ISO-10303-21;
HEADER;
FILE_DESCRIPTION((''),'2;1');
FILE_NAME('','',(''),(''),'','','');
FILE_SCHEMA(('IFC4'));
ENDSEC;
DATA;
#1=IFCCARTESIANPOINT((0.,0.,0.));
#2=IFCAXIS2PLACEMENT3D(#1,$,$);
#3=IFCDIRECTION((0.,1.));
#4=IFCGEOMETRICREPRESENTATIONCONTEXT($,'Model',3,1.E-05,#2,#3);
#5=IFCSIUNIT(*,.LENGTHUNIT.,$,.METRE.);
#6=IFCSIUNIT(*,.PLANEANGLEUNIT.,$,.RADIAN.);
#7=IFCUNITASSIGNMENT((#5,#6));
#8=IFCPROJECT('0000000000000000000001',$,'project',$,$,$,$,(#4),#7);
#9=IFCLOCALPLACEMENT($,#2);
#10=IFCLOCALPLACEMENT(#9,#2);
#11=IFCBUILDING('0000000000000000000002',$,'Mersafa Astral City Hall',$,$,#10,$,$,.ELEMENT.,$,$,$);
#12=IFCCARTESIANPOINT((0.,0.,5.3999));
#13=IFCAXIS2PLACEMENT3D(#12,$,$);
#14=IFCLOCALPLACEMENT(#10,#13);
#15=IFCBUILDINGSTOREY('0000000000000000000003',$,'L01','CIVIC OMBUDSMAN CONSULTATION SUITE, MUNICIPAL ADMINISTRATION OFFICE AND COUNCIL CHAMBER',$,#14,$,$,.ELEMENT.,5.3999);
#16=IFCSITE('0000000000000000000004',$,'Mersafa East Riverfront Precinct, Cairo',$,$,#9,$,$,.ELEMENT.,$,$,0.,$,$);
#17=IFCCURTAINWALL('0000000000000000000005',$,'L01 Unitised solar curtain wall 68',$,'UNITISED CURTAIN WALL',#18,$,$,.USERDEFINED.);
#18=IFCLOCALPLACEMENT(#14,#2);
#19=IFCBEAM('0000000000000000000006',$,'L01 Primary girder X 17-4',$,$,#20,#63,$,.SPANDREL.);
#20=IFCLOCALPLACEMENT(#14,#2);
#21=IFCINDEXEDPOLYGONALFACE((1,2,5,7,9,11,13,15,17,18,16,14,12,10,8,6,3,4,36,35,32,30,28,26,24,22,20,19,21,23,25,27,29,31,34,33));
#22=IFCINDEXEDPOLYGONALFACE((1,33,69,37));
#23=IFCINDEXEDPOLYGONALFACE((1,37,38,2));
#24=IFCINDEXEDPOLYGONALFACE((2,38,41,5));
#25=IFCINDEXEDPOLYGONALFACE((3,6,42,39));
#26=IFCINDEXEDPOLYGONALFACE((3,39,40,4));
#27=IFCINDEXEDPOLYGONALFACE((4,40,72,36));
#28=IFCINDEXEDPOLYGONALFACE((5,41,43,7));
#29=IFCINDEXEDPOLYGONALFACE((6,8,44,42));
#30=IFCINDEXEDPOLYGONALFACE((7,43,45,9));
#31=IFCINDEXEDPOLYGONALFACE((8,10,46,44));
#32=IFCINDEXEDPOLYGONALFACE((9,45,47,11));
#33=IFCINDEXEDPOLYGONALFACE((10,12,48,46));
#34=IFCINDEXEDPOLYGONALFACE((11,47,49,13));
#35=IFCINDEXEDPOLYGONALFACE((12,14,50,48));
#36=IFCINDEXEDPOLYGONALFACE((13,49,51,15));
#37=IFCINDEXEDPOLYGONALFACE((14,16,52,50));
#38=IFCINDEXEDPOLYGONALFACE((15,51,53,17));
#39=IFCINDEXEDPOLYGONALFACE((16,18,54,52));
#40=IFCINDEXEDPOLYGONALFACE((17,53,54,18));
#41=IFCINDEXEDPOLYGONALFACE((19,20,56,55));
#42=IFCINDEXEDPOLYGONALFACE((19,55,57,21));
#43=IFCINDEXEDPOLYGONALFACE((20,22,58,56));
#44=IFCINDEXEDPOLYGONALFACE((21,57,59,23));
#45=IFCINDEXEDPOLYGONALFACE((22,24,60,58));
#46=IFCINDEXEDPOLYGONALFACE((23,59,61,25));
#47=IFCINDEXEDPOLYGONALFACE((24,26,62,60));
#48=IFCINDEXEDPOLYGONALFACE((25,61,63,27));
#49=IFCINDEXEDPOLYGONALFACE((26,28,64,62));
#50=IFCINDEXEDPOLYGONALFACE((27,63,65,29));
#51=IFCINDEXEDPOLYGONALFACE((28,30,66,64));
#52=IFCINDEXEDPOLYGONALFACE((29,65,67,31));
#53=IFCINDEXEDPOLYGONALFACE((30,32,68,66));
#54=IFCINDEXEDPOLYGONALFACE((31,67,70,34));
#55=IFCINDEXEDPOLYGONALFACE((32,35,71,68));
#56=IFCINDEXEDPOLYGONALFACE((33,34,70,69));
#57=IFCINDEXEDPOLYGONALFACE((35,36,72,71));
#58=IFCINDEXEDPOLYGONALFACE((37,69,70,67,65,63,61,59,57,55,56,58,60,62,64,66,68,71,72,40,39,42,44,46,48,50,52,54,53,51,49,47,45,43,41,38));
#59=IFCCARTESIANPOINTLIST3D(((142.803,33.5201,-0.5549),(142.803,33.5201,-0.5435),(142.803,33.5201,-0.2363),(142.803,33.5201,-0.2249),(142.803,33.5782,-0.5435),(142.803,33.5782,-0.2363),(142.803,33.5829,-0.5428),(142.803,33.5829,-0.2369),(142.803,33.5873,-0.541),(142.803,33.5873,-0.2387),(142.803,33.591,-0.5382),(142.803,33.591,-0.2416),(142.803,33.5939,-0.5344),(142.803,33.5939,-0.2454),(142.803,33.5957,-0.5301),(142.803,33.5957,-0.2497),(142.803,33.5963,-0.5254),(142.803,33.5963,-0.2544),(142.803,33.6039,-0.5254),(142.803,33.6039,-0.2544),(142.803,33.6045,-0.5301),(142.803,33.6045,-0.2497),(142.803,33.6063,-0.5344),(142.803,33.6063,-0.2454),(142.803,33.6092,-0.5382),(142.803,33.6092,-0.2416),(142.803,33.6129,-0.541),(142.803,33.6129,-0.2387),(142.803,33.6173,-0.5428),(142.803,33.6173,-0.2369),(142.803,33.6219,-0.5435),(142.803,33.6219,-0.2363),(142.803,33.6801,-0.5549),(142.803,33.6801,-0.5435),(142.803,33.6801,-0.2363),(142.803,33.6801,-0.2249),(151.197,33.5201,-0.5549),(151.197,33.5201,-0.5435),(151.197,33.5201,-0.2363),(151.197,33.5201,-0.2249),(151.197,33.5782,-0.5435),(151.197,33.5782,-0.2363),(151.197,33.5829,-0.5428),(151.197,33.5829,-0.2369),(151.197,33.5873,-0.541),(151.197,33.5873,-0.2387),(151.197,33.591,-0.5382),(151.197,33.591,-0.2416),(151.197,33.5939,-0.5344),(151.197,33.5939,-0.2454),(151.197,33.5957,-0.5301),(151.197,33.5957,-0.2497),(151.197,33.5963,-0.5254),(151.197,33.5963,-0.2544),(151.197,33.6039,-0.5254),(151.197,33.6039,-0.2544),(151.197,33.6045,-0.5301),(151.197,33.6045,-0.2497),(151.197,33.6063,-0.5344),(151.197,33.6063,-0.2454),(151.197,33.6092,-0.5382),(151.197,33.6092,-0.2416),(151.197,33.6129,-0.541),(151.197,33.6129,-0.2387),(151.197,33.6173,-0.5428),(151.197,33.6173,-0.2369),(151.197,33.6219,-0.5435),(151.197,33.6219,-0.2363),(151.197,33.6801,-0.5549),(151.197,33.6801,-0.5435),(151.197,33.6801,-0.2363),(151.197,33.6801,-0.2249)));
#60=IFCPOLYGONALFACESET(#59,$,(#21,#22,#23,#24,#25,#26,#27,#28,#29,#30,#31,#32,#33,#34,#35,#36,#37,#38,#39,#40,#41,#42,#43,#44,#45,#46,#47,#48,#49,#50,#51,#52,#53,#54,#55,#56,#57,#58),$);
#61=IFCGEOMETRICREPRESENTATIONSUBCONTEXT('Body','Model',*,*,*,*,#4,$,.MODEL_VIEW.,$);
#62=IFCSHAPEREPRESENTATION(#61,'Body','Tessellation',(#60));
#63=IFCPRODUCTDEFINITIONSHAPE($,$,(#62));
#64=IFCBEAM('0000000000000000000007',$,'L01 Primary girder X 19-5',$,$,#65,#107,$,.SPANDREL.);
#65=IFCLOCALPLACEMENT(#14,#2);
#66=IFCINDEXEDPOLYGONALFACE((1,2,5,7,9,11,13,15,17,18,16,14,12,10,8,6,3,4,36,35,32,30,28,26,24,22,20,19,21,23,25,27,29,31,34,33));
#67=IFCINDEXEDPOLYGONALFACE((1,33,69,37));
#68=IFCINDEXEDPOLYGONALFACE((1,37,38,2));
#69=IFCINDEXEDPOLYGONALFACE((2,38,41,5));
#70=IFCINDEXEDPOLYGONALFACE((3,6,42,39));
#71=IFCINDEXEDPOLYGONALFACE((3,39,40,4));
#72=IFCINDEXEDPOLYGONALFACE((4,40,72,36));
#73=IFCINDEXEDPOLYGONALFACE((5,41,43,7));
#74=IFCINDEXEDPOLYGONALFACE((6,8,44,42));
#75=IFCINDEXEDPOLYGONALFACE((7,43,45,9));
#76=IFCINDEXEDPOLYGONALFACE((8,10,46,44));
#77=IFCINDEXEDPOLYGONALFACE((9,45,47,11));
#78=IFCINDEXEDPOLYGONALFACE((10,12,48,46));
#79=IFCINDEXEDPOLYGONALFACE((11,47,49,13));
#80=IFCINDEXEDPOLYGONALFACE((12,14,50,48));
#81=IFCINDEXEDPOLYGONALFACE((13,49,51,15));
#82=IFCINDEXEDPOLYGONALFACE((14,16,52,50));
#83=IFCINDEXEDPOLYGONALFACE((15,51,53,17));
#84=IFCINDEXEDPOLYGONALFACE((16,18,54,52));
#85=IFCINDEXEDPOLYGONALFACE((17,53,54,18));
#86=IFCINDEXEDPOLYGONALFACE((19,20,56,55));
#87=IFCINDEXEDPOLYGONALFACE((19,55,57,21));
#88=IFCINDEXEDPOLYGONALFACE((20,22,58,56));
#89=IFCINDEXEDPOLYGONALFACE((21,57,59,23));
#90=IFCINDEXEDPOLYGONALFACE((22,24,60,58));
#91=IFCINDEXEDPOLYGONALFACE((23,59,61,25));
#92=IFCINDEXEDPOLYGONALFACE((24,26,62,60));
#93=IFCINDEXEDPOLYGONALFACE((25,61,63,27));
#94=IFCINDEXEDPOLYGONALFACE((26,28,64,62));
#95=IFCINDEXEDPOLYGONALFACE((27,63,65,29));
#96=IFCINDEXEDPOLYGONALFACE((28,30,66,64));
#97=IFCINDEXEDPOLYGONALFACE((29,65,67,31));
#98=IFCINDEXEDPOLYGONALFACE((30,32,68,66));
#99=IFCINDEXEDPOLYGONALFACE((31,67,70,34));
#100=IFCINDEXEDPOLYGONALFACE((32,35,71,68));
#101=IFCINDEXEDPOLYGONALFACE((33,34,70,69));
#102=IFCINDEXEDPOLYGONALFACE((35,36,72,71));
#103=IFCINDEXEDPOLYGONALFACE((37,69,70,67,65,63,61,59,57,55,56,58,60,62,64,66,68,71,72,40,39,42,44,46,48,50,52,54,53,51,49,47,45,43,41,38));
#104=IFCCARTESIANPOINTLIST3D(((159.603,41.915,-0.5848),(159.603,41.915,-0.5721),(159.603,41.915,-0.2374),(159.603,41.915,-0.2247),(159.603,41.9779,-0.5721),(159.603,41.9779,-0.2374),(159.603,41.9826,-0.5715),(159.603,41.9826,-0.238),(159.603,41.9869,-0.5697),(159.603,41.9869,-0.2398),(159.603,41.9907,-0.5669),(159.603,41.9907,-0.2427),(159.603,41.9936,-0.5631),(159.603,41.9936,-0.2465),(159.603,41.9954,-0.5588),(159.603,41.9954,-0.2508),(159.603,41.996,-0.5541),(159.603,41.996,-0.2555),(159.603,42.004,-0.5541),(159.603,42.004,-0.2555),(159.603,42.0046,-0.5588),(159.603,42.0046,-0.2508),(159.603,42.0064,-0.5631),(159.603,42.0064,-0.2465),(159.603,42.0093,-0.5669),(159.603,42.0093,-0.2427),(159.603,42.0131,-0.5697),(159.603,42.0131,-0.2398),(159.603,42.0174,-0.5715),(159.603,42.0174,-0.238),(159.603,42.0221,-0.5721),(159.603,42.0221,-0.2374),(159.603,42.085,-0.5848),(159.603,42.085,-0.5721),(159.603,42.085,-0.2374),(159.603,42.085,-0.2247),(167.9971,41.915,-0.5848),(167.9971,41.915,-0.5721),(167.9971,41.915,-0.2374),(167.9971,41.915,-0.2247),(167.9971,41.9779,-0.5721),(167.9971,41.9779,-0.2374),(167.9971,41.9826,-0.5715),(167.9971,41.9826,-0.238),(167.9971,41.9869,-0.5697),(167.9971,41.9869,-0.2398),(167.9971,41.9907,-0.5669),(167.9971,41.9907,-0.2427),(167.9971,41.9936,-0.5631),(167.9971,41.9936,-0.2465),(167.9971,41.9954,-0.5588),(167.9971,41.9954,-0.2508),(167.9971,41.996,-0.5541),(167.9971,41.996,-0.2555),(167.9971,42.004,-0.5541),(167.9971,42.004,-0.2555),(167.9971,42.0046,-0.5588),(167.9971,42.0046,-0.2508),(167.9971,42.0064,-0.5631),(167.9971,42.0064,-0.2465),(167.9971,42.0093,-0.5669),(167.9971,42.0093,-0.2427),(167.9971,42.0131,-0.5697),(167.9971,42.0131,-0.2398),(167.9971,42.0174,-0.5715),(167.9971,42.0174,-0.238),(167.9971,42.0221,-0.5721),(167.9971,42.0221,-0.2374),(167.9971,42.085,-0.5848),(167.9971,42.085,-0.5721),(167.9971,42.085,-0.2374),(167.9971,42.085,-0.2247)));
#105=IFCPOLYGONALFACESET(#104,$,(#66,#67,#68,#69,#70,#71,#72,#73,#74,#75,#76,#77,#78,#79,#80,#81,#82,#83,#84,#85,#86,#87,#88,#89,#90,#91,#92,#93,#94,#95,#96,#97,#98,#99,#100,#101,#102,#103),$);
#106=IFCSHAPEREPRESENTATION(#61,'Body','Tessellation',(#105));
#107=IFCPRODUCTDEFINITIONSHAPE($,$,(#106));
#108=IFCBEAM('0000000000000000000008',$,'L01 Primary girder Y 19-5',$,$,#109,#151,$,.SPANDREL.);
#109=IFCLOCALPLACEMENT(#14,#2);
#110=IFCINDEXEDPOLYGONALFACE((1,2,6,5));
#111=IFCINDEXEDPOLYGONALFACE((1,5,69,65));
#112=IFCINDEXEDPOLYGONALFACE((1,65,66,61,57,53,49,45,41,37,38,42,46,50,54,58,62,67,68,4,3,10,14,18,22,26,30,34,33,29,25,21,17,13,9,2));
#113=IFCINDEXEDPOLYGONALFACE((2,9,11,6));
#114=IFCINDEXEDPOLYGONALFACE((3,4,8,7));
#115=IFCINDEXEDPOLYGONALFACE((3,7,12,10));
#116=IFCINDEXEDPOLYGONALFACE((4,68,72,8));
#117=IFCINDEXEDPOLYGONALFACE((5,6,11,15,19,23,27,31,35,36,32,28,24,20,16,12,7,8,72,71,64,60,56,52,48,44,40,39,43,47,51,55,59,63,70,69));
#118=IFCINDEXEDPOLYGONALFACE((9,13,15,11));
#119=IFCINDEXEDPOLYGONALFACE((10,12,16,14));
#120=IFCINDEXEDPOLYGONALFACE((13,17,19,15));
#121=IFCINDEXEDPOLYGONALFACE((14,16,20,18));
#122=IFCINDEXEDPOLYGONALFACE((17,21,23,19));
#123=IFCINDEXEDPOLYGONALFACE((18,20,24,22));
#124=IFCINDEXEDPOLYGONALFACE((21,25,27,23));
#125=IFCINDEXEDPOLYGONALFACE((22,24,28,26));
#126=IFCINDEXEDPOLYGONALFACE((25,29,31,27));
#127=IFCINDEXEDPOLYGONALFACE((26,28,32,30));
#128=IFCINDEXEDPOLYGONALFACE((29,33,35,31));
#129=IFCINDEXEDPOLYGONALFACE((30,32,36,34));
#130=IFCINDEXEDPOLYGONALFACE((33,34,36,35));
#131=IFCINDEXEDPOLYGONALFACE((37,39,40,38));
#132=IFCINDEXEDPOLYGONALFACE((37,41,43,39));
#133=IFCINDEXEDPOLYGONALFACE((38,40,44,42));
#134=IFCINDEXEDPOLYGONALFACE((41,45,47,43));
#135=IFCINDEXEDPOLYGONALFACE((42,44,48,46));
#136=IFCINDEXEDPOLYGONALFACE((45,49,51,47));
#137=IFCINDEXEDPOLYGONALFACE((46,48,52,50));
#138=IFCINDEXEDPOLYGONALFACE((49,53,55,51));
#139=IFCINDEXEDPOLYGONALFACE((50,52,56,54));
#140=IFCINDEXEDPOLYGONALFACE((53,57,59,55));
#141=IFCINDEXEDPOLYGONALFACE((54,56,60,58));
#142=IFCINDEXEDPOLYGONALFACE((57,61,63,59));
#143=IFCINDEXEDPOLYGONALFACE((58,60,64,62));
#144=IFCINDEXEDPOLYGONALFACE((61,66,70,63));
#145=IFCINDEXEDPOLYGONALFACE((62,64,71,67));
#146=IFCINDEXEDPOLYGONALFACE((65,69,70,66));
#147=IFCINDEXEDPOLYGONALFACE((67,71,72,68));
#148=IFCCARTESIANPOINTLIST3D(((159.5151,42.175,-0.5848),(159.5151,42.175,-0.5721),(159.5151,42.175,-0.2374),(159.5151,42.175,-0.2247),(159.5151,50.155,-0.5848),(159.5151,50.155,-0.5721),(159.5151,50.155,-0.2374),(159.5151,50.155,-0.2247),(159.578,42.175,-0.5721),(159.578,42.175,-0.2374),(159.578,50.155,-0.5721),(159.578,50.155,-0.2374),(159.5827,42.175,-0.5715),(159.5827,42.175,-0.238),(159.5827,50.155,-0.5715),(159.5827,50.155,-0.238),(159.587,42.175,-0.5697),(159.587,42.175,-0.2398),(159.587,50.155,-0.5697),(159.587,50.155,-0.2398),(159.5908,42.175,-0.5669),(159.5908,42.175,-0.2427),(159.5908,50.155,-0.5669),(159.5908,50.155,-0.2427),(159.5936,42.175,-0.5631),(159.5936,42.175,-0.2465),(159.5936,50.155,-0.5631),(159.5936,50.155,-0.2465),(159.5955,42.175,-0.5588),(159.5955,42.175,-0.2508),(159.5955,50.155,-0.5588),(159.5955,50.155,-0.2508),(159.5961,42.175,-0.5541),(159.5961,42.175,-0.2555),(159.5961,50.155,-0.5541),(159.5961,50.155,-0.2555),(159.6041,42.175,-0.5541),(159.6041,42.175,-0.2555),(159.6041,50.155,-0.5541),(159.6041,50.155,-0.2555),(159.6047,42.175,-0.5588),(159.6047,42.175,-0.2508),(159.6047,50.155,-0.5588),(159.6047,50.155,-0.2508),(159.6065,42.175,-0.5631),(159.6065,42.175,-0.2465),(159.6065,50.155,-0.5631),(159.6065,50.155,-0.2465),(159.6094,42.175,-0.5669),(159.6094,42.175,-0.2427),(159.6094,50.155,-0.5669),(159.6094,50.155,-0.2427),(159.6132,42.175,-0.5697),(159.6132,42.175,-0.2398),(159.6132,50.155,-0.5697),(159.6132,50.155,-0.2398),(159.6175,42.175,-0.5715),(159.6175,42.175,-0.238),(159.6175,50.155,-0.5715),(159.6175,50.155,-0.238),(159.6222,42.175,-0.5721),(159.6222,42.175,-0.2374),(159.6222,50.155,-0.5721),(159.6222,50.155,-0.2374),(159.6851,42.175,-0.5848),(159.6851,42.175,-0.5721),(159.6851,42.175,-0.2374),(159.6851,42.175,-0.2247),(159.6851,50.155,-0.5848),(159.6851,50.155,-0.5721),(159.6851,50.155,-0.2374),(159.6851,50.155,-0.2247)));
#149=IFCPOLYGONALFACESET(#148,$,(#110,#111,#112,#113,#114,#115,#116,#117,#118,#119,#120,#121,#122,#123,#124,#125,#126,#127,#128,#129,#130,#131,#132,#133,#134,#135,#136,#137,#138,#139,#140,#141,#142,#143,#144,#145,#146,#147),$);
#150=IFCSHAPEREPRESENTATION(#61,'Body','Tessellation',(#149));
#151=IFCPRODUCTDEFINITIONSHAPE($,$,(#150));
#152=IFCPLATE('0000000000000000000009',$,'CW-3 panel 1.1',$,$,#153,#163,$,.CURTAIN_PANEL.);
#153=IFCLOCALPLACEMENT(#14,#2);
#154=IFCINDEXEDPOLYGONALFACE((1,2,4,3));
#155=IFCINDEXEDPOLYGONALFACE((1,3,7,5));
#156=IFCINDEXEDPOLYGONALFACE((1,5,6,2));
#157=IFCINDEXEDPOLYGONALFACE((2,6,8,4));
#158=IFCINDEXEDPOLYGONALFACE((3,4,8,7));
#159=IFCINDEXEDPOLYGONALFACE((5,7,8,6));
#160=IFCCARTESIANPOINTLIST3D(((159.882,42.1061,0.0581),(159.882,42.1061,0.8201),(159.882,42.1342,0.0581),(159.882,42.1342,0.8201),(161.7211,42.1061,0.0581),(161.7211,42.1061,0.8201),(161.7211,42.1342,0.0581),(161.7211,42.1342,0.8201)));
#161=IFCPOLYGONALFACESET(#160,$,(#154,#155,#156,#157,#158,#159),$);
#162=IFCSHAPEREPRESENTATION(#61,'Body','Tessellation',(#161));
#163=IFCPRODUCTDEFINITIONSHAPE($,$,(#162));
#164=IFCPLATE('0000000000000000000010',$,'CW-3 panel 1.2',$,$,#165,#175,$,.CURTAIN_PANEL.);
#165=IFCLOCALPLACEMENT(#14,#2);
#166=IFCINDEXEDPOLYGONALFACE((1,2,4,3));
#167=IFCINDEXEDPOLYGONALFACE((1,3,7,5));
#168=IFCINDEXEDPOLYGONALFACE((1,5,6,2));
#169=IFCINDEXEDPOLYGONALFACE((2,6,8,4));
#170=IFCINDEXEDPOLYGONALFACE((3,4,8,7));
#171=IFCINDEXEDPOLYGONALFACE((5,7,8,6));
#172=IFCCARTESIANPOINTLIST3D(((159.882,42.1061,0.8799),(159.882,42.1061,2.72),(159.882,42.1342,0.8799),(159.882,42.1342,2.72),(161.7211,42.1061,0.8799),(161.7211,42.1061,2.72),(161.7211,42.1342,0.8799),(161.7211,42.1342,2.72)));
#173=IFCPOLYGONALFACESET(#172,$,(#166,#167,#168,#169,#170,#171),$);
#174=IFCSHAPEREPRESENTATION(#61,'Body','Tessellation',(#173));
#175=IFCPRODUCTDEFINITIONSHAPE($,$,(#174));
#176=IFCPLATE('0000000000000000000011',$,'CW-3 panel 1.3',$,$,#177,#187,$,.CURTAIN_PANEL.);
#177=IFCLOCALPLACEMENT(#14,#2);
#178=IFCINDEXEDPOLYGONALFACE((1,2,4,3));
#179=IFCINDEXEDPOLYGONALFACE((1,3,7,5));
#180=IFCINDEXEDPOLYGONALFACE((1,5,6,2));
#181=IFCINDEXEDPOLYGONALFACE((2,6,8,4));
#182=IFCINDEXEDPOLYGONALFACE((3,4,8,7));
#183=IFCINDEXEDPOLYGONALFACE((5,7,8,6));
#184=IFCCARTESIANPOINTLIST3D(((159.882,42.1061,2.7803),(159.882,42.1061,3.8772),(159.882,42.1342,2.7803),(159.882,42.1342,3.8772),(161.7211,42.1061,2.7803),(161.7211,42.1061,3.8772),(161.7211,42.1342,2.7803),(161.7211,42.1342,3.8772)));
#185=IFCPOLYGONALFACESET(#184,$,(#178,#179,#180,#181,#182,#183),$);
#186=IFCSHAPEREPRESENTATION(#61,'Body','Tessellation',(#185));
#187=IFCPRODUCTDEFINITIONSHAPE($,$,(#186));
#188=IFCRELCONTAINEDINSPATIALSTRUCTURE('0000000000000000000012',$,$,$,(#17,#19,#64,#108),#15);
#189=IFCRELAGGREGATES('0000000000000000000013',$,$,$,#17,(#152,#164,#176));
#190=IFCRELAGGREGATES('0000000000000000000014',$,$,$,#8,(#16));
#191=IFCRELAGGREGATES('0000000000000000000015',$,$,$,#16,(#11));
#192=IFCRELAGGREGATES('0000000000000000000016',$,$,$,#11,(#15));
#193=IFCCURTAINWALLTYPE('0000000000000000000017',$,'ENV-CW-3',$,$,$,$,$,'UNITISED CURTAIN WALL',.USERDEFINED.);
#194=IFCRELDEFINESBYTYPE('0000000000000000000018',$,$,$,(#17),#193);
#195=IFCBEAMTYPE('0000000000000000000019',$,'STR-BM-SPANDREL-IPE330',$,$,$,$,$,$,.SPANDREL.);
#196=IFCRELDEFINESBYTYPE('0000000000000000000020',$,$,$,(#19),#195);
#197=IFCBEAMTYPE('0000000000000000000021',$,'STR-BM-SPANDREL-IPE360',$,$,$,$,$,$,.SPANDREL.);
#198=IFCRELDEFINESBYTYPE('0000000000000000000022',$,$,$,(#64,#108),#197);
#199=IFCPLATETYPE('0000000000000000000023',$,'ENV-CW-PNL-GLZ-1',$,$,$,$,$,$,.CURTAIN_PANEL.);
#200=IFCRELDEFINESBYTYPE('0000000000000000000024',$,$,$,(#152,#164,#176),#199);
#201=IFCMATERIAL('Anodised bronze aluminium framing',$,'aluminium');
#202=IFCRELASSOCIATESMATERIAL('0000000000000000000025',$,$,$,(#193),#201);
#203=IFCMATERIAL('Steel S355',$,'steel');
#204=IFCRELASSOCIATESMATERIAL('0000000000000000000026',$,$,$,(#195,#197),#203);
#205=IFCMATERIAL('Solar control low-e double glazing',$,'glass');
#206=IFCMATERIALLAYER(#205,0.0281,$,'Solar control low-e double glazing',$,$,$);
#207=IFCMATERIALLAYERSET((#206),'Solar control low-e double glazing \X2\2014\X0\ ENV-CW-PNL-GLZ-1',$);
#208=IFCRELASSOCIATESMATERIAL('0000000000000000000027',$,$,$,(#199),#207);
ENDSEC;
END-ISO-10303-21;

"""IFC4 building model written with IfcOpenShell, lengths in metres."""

from ifc_helpers import new_model, si_unit, direction, frame, origin, origin_2d, place, context, subcontext, project, spatial, rectangle, i_section, extrude, material, layer, layer_set, material_profile, profile_set, type_object, element, aggregate, save


model = new_model("IFC4")

# Units and contexts
model_context = context("Model", 3, precision=1e-05, world=origin(), true_north=direction((0.0, 1.0)))
body_context = subcontext(model_context, "Body", "Model", "MODEL_VIEW")
ifc_project = project(units=[si_unit("LENGTHUNIT", "METRE"), si_unit("PLANEANGLEUNIT", "RADIAN")], contexts=[model_context])

# Site, building, storey
site_placement = place(None, origin())
site = spatial("IfcSite", under=ifc_project, at=site_placement, Name="Mersafa East Riverfront Precinct, Cairo", CompositionType="ELEMENT", RefElevation=0.0)
building_placement = place(site_placement, origin())
building = spatial("IfcBuilding", under=site, at=building_placement, Name="Mersafa Astral City Hall", CompositionType="ELEMENT")
storey_placement = place(building_placement, frame((0.0, 0.0, 5.3999)))
storey = spatial("IfcBuildingStorey", under=building, at=storey_placement, Name="L01", Description="CIVIC OMBUDSMAN CONSULTATION SUITE, MUNICIPAL ADMINISTRATION OFFICE AND COUNCIL CHAMBER", CompositionType="ELEMENT", Elevation=5.3999)

# Shared definitions
ifc_material_1 = material(Name="Steel S355", Category="steel")

# Curtain wall
ifc_material_2 = material(Name="Anodised bronze aluminium framing", Category="aluminium")
curtain_wall_type = type_object("IfcCurtainWallType", Name="ENV-CW-3", ElementType="UNITISED CURTAIN WALL", PredefinedType="USERDEFINED", material=ifc_material_2)
curtain_wall_placement = place(storey_placement, origin())
curtain_wall = element("IfcCurtainWall", 1, at=curtain_wall_placement, inside=storey, type_object=curtain_wall_type, Name="L01 Unitised solar curtain wall 68", ObjectType="UNITISED CURTAIN WALL", PredefinedType="USERDEFINED")

# Beams
ifc_material_profile_1 = material_profile(ifc_material_1, i_section(OverallWidth=0.1599, OverallDepth=0.3301, WebThickness=0.0076, FlangeThickness=0.0115, FilletRadius=0.0181, at=origin_2d()), Name="IPE 330")
ifc_profile_set_1 = profile_set([ifc_material_profile_1], Name="Steel S355")
beam_type_1 = type_object("IfcBeamType", Name="STR-BM-SPANDREL-IPE330", PredefinedType="SPANDREL", material=ifc_profile_set_1)
beam_1_placement = place(storey_placement, frame((142.803, 33.6001, -0.3899), z_axis=(1.0, 0.0, 0.0), x_axis=(0.0, 1.0, 0.0)))
element("IfcBeam", 2, at=beam_1_placement, inside=storey, type_object=beam_type_1, Name="L01 Primary girder X 17-4", PredefinedType="SPANDREL", context=body_context, shape_type="SweptSolid", body=[
    extrude(i_section(OverallWidth=0.1599, OverallDepth=0.3301, WebThickness=0.0076, FlangeThickness=0.0115, FilletRadius=0.0181, at=origin_2d()), origin(), (0.0, 0.0, 1.0), 8.394),
])
ifc_material_profile_2 = material_profile(ifc_material_1, i_section(OverallWidth=0.1699, OverallDepth=0.3601, WebThickness=0.0081, FlangeThickness=0.0127, FilletRadius=0.0181, at=origin_2d()), Name="IPE 360")
ifc_profile_set_2 = profile_set([ifc_material_profile_2], Name="Steel S355")
beam_type_2 = type_object("IfcBeamType", Name="STR-BM-SPANDREL-IPE360", PredefinedType="SPANDREL", material=ifc_profile_set_2)
beam_2_placement = place(storey_placement, frame((159.603, 42.0, -0.4048), z_axis=(1.0, 0.0, 0.0), x_axis=(0.0, 1.0, 0.0)))
element("IfcBeam", 3, at=beam_2_placement, inside=storey, type_object=beam_type_2, Name="L01 Primary girder X 19-5", PredefinedType="SPANDREL", context=body_context, shape_type="SweptSolid", body=[
    extrude(i_section(OverallWidth=0.1699, OverallDepth=0.3601, WebThickness=0.0081, FlangeThickness=0.0127, FilletRadius=0.0181, at=origin_2d()), origin(), (0.0, 0.0, 1.0), 8.394),
])
beam_3_placement = place(storey_placement, frame((159.6001, 42.175, -0.4048), z_axis=(0.0, 1.0, 0.0), x_axis=(-1.0, 0.0, 0.0)))
element("IfcBeam", 4, at=beam_3_placement, inside=storey, type_object=beam_type_2, Name="L01 Primary girder Y 19-5", PredefinedType="SPANDREL", context=body_context, shape_type="SweptSolid", body=[
    extrude(i_section(OverallWidth=0.1699, OverallDepth=0.3601, WebThickness=0.0081, FlangeThickness=0.0127, FilletRadius=0.0181, at=origin_2d()), origin(), (0.0, 0.0, 1.0), 7.98),
])

# Plates
ifc_material_3 = material(Name="Solar control low-e double glazing", Category="glass")
ifc_layer = layer(ifc_material_3, 0.0281, Name="Solar control low-e double glazing")
ifc_layer_set = layer_set([ifc_layer], Name="Solar control low-e double glazing — ENV-CW-PNL-GLZ-1")
plate_type = type_object("IfcPlateType", Name="ENV-CW-PNL-GLZ-1", PredefinedType="CURTAIN_PANEL", material=ifc_layer_set)
plate_1_placement = place(storey_placement, frame((160.8015, 42.1201, 0.0581), z_axis=(0.0, 0.0, 1.0), x_axis=(1.0, 0.0, 0.0)))
plate_1 = element("IfcPlate", 5, at=plate_1_placement, type_object=plate_type, Name="CW-3 panel 1.1", PredefinedType="CURTAIN_PANEL", context=body_context, shape_type="SweptSolid", body=[
    extrude(rectangle(XDim=1.8391, YDim=0.0281, at=origin_2d()), origin(), (0.0, 0.0, 1.0), 0.762),
])
plate_2_placement = place(storey_placement, frame((160.8015, 42.1201, 0.8799), z_axis=(0.0, 0.0, 1.0), x_axis=(1.0, 0.0, 0.0)))
plate_2 = element("IfcPlate", 6, at=plate_2_placement, type_object=plate_type, Name="CW-3 panel 1.2", PredefinedType="CURTAIN_PANEL", context=body_context, shape_type="SweptSolid", body=[
    extrude(rectangle(XDim=1.8391, YDim=0.0281, at=origin_2d()), origin(), (0.0, 0.0, 1.0), 1.8401),
])
plate_3_placement = place(storey_placement, frame((160.8015, 42.1201, 2.7803), z_axis=(0.0, 0.0, 1.0), x_axis=(1.0, 0.0, 0.0)))
plate_3 = element("IfcPlate", 7, at=plate_3_placement, type_object=plate_type, Name="CW-3 panel 1.3", PredefinedType="CURTAIN_PANEL", context=body_context, shape_type="SweptSolid", body=[
    extrude(rectangle(XDim=1.8391, YDim=0.0281, at=origin_2d()), origin(), (0.0, 0.0, 1.0), 1.0969),
])
aggregate(curtain_wall, [plate_1, plate_2, plate_3])

save(model, "model.ifc")
